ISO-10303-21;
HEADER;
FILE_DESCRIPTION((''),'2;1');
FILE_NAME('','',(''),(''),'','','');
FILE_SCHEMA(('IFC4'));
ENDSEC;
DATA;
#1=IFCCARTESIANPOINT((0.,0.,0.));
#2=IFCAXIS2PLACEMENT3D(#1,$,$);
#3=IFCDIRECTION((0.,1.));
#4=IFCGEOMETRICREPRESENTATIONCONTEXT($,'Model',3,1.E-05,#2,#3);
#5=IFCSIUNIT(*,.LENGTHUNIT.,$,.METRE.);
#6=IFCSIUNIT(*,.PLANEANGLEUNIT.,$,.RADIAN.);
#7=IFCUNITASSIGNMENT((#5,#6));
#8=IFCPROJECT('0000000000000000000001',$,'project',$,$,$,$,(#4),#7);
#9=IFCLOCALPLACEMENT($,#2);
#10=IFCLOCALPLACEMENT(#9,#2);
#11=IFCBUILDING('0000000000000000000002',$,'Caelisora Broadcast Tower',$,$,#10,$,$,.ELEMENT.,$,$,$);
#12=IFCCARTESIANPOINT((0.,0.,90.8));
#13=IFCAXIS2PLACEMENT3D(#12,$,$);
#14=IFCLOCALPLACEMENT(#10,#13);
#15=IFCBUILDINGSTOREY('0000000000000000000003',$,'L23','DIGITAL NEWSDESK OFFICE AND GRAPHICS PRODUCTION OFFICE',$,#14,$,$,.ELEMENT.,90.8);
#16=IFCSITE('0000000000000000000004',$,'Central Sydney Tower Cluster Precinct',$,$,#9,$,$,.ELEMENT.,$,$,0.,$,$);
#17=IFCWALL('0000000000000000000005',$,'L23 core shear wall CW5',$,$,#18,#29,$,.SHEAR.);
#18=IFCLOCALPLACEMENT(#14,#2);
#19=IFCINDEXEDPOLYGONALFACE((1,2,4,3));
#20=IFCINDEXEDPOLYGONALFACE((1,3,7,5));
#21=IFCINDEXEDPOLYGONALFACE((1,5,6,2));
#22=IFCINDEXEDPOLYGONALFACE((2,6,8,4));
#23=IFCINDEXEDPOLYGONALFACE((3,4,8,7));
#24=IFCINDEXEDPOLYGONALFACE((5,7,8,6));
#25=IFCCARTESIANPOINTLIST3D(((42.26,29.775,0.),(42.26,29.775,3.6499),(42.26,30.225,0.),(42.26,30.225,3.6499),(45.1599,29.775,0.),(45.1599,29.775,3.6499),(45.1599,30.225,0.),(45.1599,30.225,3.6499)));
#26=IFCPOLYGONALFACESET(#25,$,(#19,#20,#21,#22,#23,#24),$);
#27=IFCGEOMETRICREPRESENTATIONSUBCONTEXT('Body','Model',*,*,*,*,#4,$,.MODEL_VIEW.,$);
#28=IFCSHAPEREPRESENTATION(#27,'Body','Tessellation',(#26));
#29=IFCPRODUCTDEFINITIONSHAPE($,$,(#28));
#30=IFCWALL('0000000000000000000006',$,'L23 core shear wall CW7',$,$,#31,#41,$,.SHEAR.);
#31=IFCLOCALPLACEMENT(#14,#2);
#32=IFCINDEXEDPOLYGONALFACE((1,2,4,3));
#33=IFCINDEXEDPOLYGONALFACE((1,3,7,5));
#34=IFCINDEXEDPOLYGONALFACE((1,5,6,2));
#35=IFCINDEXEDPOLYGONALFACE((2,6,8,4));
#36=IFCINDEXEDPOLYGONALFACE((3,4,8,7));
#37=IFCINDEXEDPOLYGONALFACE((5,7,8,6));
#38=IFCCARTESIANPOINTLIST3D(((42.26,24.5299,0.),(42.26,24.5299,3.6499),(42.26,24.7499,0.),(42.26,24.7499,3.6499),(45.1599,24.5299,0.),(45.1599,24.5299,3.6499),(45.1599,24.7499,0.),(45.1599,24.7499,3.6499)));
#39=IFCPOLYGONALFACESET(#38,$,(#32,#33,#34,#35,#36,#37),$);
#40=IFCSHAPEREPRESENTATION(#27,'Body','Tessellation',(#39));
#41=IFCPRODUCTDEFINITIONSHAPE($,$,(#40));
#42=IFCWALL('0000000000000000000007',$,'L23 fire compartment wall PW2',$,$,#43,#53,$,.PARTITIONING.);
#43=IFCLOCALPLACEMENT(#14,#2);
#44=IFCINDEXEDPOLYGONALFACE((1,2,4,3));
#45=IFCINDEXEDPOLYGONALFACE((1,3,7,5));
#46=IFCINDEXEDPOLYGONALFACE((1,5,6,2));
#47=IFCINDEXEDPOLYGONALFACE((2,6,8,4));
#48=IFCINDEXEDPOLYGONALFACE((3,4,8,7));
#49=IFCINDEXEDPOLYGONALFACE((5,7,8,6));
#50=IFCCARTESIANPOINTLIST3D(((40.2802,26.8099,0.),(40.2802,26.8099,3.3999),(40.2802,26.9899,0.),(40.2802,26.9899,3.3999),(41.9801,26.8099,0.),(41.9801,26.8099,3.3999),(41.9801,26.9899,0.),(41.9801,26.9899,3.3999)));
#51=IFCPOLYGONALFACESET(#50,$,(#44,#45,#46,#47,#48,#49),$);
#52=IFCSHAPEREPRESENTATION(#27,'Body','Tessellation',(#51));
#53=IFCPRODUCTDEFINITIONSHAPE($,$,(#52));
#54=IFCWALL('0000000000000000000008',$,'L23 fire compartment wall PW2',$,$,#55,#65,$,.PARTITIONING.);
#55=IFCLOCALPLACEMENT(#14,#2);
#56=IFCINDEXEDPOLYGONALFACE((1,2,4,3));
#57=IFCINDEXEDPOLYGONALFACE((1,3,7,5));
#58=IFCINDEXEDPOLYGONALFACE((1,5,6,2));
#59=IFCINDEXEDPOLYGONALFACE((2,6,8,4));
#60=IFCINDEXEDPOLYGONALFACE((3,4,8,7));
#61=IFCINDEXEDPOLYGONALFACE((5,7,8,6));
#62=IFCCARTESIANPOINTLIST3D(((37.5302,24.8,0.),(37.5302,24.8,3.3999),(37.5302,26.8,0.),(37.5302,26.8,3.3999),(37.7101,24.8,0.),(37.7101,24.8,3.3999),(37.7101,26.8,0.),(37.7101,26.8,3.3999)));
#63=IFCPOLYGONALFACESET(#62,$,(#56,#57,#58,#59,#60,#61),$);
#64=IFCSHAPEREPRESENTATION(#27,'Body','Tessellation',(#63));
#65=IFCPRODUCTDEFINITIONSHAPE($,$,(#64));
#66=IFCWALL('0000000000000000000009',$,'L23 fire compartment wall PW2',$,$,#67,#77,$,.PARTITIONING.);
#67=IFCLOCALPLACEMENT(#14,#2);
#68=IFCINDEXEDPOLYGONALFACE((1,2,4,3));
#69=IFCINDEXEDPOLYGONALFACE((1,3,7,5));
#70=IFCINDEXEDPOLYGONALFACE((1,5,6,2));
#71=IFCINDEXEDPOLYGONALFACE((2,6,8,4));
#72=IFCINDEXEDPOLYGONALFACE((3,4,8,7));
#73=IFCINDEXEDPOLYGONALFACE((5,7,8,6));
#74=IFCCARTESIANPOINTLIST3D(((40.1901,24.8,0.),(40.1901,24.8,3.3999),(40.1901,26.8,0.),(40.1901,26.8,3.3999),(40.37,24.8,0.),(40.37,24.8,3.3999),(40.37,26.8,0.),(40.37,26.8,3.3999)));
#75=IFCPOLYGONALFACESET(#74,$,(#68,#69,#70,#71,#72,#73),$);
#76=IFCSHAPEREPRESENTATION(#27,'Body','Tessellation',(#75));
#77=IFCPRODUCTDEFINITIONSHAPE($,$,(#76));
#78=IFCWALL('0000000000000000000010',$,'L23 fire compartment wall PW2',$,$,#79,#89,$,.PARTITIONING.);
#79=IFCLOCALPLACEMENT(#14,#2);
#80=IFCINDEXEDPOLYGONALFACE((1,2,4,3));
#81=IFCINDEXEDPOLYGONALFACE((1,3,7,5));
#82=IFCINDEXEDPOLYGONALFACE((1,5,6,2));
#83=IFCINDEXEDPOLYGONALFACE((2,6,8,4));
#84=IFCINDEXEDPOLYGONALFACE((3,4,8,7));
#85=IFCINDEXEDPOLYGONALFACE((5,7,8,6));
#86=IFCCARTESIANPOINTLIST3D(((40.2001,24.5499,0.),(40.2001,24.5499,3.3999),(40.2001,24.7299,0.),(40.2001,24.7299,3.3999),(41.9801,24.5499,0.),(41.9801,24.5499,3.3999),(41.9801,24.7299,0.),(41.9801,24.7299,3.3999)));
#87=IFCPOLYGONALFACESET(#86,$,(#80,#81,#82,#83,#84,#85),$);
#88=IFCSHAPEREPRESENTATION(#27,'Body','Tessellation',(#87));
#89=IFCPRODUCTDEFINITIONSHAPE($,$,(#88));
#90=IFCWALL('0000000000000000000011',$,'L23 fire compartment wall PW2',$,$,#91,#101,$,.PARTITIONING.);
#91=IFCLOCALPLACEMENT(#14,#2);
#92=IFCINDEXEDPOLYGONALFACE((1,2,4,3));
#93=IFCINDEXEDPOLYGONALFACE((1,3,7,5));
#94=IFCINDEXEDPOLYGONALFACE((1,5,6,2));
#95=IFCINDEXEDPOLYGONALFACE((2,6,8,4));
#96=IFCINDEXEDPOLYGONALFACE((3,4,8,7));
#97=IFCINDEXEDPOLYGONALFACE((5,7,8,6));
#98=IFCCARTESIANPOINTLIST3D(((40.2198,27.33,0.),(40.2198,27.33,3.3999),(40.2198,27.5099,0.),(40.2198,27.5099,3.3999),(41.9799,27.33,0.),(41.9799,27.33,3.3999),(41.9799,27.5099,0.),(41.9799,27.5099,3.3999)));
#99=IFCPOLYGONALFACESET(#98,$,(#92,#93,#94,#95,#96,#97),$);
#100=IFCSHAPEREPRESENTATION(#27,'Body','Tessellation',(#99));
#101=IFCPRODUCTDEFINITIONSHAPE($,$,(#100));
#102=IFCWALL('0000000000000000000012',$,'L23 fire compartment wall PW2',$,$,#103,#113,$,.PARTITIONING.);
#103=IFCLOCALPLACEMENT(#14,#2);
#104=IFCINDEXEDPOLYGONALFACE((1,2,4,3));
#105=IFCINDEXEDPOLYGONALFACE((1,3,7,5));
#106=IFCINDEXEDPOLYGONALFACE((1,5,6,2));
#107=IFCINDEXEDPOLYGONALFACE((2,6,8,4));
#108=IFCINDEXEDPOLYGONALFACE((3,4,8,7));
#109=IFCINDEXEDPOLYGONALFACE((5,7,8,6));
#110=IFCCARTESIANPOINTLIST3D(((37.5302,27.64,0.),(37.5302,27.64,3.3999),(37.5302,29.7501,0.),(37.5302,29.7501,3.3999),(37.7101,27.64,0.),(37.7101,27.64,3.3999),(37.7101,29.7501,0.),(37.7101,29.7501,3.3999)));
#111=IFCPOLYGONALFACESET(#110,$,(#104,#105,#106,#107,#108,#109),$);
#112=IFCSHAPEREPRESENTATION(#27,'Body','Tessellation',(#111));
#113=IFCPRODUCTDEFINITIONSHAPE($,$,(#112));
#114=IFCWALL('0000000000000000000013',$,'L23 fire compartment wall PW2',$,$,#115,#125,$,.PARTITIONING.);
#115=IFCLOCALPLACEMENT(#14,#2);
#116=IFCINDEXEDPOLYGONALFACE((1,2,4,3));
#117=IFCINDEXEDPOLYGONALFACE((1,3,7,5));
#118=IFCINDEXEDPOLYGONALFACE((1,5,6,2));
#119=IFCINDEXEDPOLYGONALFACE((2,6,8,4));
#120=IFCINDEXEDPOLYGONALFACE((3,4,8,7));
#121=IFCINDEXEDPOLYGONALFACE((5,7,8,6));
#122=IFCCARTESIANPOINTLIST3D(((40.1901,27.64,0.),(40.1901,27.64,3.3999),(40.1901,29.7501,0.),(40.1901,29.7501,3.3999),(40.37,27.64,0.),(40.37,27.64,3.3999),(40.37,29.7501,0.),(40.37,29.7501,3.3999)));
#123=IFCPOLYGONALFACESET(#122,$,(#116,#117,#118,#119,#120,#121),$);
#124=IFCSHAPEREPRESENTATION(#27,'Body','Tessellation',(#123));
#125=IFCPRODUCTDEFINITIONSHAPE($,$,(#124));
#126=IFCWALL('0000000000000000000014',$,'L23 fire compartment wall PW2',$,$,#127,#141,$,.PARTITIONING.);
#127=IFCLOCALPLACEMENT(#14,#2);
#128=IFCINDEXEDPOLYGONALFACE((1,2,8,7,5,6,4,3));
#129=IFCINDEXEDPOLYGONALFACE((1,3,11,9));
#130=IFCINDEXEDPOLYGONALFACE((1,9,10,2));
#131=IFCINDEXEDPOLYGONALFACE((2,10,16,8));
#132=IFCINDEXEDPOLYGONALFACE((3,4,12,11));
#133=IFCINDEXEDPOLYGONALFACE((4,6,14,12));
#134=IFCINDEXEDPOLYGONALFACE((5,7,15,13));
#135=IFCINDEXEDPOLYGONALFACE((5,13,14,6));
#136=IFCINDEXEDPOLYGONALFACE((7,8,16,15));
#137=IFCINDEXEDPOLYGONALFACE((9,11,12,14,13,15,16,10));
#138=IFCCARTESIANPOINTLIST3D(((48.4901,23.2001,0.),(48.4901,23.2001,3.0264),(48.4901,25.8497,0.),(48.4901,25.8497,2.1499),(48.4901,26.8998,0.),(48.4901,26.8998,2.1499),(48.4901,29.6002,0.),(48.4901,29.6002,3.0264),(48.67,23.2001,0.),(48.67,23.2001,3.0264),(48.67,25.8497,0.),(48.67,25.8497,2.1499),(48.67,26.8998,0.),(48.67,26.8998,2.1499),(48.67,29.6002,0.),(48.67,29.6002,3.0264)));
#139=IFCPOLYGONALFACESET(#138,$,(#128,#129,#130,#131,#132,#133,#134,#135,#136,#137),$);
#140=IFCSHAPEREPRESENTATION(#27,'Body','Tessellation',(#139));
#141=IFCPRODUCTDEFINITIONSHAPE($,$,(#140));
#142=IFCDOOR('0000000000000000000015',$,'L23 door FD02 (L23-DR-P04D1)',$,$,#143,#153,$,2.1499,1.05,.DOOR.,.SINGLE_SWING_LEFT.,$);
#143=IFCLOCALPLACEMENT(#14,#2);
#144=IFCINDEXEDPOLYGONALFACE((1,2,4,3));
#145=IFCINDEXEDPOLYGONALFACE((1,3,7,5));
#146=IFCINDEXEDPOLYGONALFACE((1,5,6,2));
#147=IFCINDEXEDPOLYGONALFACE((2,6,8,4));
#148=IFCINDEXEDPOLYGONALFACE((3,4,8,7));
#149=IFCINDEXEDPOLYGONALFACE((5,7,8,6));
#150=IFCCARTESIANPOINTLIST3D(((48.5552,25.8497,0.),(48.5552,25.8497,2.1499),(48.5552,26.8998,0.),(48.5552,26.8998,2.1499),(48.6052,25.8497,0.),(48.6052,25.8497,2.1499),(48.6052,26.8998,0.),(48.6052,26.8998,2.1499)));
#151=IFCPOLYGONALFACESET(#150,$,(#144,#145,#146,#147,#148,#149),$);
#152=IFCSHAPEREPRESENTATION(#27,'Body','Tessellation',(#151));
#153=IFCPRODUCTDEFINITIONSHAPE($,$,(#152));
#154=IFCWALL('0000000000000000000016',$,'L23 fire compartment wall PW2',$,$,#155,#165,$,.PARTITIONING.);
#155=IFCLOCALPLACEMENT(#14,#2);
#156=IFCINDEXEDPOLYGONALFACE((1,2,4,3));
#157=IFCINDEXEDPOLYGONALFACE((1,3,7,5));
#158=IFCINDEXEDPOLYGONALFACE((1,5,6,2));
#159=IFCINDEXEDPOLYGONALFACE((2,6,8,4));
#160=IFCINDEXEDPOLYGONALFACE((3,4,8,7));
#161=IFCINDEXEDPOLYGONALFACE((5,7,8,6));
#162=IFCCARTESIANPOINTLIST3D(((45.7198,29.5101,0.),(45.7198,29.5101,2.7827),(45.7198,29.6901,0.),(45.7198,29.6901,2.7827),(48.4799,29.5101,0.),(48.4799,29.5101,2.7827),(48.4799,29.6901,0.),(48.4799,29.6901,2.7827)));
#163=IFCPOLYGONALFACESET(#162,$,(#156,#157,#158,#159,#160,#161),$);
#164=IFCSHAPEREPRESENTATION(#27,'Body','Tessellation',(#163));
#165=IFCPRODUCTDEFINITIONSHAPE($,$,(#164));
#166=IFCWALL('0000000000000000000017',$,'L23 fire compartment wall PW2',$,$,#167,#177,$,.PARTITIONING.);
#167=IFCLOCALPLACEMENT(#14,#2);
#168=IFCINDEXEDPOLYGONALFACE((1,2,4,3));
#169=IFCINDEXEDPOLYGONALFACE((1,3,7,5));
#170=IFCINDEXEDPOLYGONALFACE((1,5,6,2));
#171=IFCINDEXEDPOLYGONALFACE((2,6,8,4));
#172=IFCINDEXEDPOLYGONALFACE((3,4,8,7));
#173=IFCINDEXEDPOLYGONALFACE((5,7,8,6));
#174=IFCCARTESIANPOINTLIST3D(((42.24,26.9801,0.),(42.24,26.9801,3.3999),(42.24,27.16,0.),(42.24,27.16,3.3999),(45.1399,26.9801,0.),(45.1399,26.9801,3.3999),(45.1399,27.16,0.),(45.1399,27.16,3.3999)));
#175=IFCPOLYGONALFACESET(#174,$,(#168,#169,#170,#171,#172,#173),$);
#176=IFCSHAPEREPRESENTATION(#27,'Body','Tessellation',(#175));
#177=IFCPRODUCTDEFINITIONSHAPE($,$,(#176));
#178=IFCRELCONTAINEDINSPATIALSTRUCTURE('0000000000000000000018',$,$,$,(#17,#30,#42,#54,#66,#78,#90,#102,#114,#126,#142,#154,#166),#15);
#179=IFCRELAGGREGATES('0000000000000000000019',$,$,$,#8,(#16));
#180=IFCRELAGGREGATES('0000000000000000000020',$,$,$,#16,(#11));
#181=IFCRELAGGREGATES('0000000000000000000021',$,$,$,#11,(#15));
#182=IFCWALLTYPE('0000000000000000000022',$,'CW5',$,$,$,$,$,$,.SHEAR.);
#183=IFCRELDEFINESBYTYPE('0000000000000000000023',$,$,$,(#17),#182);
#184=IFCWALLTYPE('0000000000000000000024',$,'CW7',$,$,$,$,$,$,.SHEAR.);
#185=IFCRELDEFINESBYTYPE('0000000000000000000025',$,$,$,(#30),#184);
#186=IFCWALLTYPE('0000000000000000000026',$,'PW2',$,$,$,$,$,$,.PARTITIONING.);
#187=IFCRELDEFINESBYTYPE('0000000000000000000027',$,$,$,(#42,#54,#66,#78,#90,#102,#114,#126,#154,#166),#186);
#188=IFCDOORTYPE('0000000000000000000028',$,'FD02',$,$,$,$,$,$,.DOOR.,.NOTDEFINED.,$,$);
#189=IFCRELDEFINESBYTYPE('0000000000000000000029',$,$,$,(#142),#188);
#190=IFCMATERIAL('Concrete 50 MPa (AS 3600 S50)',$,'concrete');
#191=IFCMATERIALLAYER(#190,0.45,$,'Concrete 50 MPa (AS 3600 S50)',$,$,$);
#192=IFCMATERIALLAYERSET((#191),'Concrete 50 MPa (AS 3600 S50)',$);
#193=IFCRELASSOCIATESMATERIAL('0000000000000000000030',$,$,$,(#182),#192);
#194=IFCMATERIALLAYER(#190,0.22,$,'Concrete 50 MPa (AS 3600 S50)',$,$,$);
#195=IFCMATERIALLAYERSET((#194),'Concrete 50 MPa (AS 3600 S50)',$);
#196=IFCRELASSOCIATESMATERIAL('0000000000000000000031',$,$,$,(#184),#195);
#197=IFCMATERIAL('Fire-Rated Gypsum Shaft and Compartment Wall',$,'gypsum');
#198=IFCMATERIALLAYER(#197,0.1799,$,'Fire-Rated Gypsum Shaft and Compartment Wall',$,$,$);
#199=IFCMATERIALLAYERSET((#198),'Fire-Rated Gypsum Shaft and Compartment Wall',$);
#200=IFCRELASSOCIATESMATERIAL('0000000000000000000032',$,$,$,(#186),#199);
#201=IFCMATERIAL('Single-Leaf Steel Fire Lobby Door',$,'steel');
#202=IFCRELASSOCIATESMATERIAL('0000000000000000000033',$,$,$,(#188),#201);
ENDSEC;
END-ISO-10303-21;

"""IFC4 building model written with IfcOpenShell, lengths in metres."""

from ifc_helpers import new_model, si_unit, direction, frame, frame_2d, origin, place, context, subcontext, project, spatial, rectangle, extrude, material, layer, layer_set, type_object, element, fill, save


model = new_model("IFC4")

# Units and contexts
model_context = context("Model", 3, precision=1e-05, world=origin(), true_north=direction((0.0, 1.0)))
body_context = subcontext(model_context, "Body", "Model", "MODEL_VIEW")
ifc_project = project(units=[si_unit("LENGTHUNIT", "METRE"), si_unit("PLANEANGLEUNIT", "RADIAN")], contexts=[model_context])

# Site, building, storey
site_placement = place(None, origin())
site = spatial("IfcSite", under=ifc_project, at=site_placement, Name="Central Sydney Tower Cluster Precinct", CompositionType="ELEMENT", RefElevation=0.0)
building_placement = place(site_placement, origin())
building = spatial("IfcBuilding", under=site, at=building_placement, Name="Caelisora Broadcast Tower", CompositionType="ELEMENT")
storey_placement = place(building_placement, frame((0.0, 0.0, 90.8)))
storey = spatial("IfcBuildingStorey", under=building, at=storey_placement, Name="L23", Description="DIGITAL NEWSDESK OFFICE AND GRAPHICS PRODUCTION OFFICE", CompositionType="ELEMENT", Elevation=90.8)

# Walls
ifc_material_1 = material(Name="Concrete 50 MPa (AS 3600 S50)", Category="concrete")
ifc_layer_1 = layer(ifc_material_1, 0.45, Name="Concrete 50 MPa (AS 3600 S50)")
ifc_layer_set_1 = layer_set([ifc_layer_1], Name="Concrete 50 MPa (AS 3600 S50)")
wall_type_1 = type_object("IfcWallType", Name="CW5", PredefinedType="SHEAR", material=ifc_layer_set_1)
wall_1_placement = place(storey_placement, frame((42.26, 30.0, 0.0), z_axis=(0.0, 0.0, 1.0), x_axis=(1.0, 0.0, 0.0)))
element("IfcWall", 1, at=wall_1_placement, inside=storey, type_object=wall_type_1, Name="L23 core shear wall CW5", PredefinedType="SHEAR", context=body_context, shape_type="SweptSolid", body=[
    extrude(rectangle(XDim=2.8999, YDim=0.45, at=frame_2d((1.45, 0.0))), origin(), (0.0, 0.0, 1.0), 3.6499),
])
ifc_layer_2 = layer(ifc_material_1, 0.22, Name="Concrete 50 MPa (AS 3600 S50)")
ifc_layer_set_2 = layer_set([ifc_layer_2], Name="Concrete 50 MPa (AS 3600 S50)")
wall_type_2 = type_object("IfcWallType", Name="CW7", PredefinedType="SHEAR", material=ifc_layer_set_2)
wall_2_placement = place(storey_placement, frame((42.26, 24.6399, 0.0), z_axis=(0.0, 0.0, 1.0), x_axis=(1.0, 0.0, 0.0)))
element("IfcWall", 2, at=wall_2_placement, inside=storey, type_object=wall_type_2, Name="L23 core shear wall CW7", PredefinedType="SHEAR", context=body_context, shape_type="SweptSolid", body=[
    extrude(rectangle(XDim=2.8999, YDim=0.22, at=frame_2d((1.45, 0.0))), origin(), (0.0, 0.0, 1.0), 3.6499),
])
ifc_material_2 = material(Name="Fire-Rated Gypsum Shaft and Compartment Wall", Category="gypsum")
ifc_layer_3 = layer(ifc_material_2, 0.1799, Name="Fire-Rated Gypsum Shaft and Compartment Wall")
ifc_layer_set_3 = layer_set([ifc_layer_3], Name="Fire-Rated Gypsum Shaft and Compartment Wall")
wall_type_3 = type_object("IfcWallType", Name="PW2", PredefinedType="PARTITIONING", material=ifc_layer_set_3)
wall_3_placement = place(storey_placement, frame((40.28, 26.8999, 0.0), z_axis=(0.0, 0.0, 1.0), x_axis=(1.0, 0.0, 0.0)))
element("IfcWall", 3, at=wall_3_placement, inside=storey, type_object=wall_type_3, Name="L23 fire compartment wall PW2", PredefinedType="PARTITIONING", context=body_context, shape_type="SweptSolid", body=[
    extrude(rectangle(XDim=1.7, YDim=0.1799, at=frame_2d((0.8501, 0.0))), origin(), (0.0, 0.0, 1.0), 3.3999),
])
for number, where, z_axis, x_axis, name in (
    (4, (37.6201, 24.8, 0.0), (0.0, 0.0, 1.0), (0.0, 1.0, 0.0), "L23 fire compartment wall PW2"),
    (5, (40.28, 24.8, 0.0), (0.0, 0.0, 1.0), (0.0, 1.0, 0.0), "L23 fire compartment wall PW2"),
):
    element("IfcWall", number, at=place(storey_placement, frame(where, z_axis=z_axis, x_axis=x_axis)), inside=storey, type_object=wall_type_3, Name=name, PredefinedType="PARTITIONING", context=body_context, shape_type="SweptSolid", body=[
        extrude(rectangle(XDim=2.0, YDim=0.1799, at=frame_2d((1.0, 0.0))), origin(), (0.0, 0.0, 1.0), 3.3999),
    ])
wall_4_placement = place(storey_placement, frame((40.2, 24.6399, 0.0), z_axis=(0.0, 0.0, 1.0), x_axis=(1.0, 0.0, 0.0)))
element("IfcWall", 6, at=wall_4_placement, inside=storey, type_object=wall_type_3, Name="L23 fire compartment wall PW2", PredefinedType="PARTITIONING", context=body_context, shape_type="SweptSolid", body=[
    extrude(rectangle(XDim=1.78, YDim=0.1799, at=frame_2d((0.8901, 0.0))), origin(), (0.0, 0.0, 1.0), 3.3999),
])
wall_5_placement = place(storey_placement, frame((40.22, 27.4199, 0.0), z_axis=(0.0, 0.0, 1.0), x_axis=(1.0, 0.0, 0.0)))
element("IfcWall", 7, at=wall_5_placement, inside=storey, type_object=wall_type_3, Name="L23 fire compartment wall PW2", PredefinedType="PARTITIONING", context=body_context, shape_type="SweptSolid", body=[
    extrude(rectangle(XDim=1.76, YDim=0.1799, at=frame_2d((0.8799, 0.0))), origin(), (0.0, 0.0, 1.0), 3.3999),
])
for number, where, z_axis, x_axis, name in (
    (8, (37.6201, 27.6399, 0.0), (0.0, 0.0, 1.0), (0.0, 1.0, 0.0), "L23 fire compartment wall PW2"),
    (9, (40.28, 27.6399, 0.0), (0.0, 0.0, 1.0), (0.0, 1.0, 0.0), "L23 fire compartment wall PW2"),
):
    element("IfcWall", number, at=place(storey_placement, frame(where, z_axis=z_axis, x_axis=x_axis)), inside=storey, type_object=wall_type_3, Name=name, PredefinedType="PARTITIONING", context=body_context, shape_type="SweptSolid", body=[
        extrude(rectangle(XDim=2.1101, YDim=0.1799, at=frame_2d((1.0552, 0.0))), origin(), (0.0, 0.0, 1.0), 3.3999),
    ])

# Wall, opening, door
wall_6_placement = place(storey_placement, frame((48.5801, 23.2, 0.0), z_axis=(0.0, 0.0, 1.0), x_axis=(0.0, 1.0, 0.0)))
wall_6 = element("IfcWall", 10, at=wall_6_placement, inside=storey, type_object=wall_type_3, Name="L23 fire compartment wall PW2", PredefinedType="PARTITIONING", context=body_context, shape_type="SweptSolid", body=[
    extrude(rectangle(XDim=6.4001, YDim=0.1799, at=frame_2d((3.2002, 0.0))), origin(), (0.0, 0.0, 1.0), 3.0264),
])
opening_1_placement = place(wall_6_placement, frame((2.6499, 0.0, 0.0)))
opening_1 = element("IfcOpeningElement", 11, at=opening_1_placement, cuts=wall_6, PredefinedType="OPENING", context=body_context, shape_type="SweptSolid", body=[
    extrude(rectangle(XDim=1.05, YDim=2.1499, at=frame_2d((0.5249, 1.075))), frame((0.0, 0.1021, 0.0), z_axis=(0.0, -1.0, 0.0), x_axis=(1.0, 0.0, 0.0)), (0.0, 0.0, 1.0), 0.2039),
])
ifc_material_3 = material(Name="Single-Leaf Steel Fire Lobby Door", Category="steel")
door_type = type_object("IfcDoorType", Name="FD02", OperationType="NOTDEFINED", PredefinedType="DOOR", material=ifc_material_3)
door_1_placement = place(opening_1_placement, origin())
door_1 = element("IfcDoor", 12, at=door_1_placement, inside=storey, type_object=door_type, Name="L23 door FD02 (L23-DR-P04D1)", OperationType="SINGLE_SWING_LEFT", OverallHeight=2.1499, OverallWidth=1.05, PredefinedType="DOOR", context=body_context, shape_type="SweptSolid", body=[
    extrude(rectangle(XDim=1.05, YDim=2.1499, at=frame_2d((0.5249, 1.075))), frame((0.0, 0.0249, 0.0), z_axis=(0.0, -1.0, 0.0), x_axis=(1.0, 0.0, 0.0)), (0.0, 0.0, 1.0), 0.05),
])
fill(opening_1, door_1)

# Walls
wall_7_placement = place(storey_placement, frame((45.72, 29.6001, 0.0), z_axis=(0.0, 0.0, 1.0), x_axis=(1.0, 0.0, 0.0)))
element("IfcWall", 13, at=wall_7_placement, inside=storey, type_object=wall_type_3, Name="L23 fire compartment wall PW2", PredefinedType="PARTITIONING", context=body_context, shape_type="SweptSolid", body=[
    extrude(rectangle(XDim=2.76, YDim=0.1799, at=frame_2d((1.3799, 0.0))), origin(), (0.0, 0.0, 1.0), 2.7827),
])
wall_8_placement = place(storey_placement, frame((42.24, 27.0701, 0.0), z_axis=(0.0, 0.0, 1.0), x_axis=(1.0, 0.0, 0.0)))
element("IfcWall", 14, at=wall_8_placement, inside=storey, type_object=wall_type_3, Name="L23 fire compartment wall PW2", PredefinedType="PARTITIONING", context=body_context, shape_type="SweptSolid", body=[
    extrude(rectangle(XDim=2.8999, YDim=0.1799, at=frame_2d((1.45, 0.0))), origin(), (0.0, 0.0, 1.0), 3.3999),
])

save(model, "model.ifc")
